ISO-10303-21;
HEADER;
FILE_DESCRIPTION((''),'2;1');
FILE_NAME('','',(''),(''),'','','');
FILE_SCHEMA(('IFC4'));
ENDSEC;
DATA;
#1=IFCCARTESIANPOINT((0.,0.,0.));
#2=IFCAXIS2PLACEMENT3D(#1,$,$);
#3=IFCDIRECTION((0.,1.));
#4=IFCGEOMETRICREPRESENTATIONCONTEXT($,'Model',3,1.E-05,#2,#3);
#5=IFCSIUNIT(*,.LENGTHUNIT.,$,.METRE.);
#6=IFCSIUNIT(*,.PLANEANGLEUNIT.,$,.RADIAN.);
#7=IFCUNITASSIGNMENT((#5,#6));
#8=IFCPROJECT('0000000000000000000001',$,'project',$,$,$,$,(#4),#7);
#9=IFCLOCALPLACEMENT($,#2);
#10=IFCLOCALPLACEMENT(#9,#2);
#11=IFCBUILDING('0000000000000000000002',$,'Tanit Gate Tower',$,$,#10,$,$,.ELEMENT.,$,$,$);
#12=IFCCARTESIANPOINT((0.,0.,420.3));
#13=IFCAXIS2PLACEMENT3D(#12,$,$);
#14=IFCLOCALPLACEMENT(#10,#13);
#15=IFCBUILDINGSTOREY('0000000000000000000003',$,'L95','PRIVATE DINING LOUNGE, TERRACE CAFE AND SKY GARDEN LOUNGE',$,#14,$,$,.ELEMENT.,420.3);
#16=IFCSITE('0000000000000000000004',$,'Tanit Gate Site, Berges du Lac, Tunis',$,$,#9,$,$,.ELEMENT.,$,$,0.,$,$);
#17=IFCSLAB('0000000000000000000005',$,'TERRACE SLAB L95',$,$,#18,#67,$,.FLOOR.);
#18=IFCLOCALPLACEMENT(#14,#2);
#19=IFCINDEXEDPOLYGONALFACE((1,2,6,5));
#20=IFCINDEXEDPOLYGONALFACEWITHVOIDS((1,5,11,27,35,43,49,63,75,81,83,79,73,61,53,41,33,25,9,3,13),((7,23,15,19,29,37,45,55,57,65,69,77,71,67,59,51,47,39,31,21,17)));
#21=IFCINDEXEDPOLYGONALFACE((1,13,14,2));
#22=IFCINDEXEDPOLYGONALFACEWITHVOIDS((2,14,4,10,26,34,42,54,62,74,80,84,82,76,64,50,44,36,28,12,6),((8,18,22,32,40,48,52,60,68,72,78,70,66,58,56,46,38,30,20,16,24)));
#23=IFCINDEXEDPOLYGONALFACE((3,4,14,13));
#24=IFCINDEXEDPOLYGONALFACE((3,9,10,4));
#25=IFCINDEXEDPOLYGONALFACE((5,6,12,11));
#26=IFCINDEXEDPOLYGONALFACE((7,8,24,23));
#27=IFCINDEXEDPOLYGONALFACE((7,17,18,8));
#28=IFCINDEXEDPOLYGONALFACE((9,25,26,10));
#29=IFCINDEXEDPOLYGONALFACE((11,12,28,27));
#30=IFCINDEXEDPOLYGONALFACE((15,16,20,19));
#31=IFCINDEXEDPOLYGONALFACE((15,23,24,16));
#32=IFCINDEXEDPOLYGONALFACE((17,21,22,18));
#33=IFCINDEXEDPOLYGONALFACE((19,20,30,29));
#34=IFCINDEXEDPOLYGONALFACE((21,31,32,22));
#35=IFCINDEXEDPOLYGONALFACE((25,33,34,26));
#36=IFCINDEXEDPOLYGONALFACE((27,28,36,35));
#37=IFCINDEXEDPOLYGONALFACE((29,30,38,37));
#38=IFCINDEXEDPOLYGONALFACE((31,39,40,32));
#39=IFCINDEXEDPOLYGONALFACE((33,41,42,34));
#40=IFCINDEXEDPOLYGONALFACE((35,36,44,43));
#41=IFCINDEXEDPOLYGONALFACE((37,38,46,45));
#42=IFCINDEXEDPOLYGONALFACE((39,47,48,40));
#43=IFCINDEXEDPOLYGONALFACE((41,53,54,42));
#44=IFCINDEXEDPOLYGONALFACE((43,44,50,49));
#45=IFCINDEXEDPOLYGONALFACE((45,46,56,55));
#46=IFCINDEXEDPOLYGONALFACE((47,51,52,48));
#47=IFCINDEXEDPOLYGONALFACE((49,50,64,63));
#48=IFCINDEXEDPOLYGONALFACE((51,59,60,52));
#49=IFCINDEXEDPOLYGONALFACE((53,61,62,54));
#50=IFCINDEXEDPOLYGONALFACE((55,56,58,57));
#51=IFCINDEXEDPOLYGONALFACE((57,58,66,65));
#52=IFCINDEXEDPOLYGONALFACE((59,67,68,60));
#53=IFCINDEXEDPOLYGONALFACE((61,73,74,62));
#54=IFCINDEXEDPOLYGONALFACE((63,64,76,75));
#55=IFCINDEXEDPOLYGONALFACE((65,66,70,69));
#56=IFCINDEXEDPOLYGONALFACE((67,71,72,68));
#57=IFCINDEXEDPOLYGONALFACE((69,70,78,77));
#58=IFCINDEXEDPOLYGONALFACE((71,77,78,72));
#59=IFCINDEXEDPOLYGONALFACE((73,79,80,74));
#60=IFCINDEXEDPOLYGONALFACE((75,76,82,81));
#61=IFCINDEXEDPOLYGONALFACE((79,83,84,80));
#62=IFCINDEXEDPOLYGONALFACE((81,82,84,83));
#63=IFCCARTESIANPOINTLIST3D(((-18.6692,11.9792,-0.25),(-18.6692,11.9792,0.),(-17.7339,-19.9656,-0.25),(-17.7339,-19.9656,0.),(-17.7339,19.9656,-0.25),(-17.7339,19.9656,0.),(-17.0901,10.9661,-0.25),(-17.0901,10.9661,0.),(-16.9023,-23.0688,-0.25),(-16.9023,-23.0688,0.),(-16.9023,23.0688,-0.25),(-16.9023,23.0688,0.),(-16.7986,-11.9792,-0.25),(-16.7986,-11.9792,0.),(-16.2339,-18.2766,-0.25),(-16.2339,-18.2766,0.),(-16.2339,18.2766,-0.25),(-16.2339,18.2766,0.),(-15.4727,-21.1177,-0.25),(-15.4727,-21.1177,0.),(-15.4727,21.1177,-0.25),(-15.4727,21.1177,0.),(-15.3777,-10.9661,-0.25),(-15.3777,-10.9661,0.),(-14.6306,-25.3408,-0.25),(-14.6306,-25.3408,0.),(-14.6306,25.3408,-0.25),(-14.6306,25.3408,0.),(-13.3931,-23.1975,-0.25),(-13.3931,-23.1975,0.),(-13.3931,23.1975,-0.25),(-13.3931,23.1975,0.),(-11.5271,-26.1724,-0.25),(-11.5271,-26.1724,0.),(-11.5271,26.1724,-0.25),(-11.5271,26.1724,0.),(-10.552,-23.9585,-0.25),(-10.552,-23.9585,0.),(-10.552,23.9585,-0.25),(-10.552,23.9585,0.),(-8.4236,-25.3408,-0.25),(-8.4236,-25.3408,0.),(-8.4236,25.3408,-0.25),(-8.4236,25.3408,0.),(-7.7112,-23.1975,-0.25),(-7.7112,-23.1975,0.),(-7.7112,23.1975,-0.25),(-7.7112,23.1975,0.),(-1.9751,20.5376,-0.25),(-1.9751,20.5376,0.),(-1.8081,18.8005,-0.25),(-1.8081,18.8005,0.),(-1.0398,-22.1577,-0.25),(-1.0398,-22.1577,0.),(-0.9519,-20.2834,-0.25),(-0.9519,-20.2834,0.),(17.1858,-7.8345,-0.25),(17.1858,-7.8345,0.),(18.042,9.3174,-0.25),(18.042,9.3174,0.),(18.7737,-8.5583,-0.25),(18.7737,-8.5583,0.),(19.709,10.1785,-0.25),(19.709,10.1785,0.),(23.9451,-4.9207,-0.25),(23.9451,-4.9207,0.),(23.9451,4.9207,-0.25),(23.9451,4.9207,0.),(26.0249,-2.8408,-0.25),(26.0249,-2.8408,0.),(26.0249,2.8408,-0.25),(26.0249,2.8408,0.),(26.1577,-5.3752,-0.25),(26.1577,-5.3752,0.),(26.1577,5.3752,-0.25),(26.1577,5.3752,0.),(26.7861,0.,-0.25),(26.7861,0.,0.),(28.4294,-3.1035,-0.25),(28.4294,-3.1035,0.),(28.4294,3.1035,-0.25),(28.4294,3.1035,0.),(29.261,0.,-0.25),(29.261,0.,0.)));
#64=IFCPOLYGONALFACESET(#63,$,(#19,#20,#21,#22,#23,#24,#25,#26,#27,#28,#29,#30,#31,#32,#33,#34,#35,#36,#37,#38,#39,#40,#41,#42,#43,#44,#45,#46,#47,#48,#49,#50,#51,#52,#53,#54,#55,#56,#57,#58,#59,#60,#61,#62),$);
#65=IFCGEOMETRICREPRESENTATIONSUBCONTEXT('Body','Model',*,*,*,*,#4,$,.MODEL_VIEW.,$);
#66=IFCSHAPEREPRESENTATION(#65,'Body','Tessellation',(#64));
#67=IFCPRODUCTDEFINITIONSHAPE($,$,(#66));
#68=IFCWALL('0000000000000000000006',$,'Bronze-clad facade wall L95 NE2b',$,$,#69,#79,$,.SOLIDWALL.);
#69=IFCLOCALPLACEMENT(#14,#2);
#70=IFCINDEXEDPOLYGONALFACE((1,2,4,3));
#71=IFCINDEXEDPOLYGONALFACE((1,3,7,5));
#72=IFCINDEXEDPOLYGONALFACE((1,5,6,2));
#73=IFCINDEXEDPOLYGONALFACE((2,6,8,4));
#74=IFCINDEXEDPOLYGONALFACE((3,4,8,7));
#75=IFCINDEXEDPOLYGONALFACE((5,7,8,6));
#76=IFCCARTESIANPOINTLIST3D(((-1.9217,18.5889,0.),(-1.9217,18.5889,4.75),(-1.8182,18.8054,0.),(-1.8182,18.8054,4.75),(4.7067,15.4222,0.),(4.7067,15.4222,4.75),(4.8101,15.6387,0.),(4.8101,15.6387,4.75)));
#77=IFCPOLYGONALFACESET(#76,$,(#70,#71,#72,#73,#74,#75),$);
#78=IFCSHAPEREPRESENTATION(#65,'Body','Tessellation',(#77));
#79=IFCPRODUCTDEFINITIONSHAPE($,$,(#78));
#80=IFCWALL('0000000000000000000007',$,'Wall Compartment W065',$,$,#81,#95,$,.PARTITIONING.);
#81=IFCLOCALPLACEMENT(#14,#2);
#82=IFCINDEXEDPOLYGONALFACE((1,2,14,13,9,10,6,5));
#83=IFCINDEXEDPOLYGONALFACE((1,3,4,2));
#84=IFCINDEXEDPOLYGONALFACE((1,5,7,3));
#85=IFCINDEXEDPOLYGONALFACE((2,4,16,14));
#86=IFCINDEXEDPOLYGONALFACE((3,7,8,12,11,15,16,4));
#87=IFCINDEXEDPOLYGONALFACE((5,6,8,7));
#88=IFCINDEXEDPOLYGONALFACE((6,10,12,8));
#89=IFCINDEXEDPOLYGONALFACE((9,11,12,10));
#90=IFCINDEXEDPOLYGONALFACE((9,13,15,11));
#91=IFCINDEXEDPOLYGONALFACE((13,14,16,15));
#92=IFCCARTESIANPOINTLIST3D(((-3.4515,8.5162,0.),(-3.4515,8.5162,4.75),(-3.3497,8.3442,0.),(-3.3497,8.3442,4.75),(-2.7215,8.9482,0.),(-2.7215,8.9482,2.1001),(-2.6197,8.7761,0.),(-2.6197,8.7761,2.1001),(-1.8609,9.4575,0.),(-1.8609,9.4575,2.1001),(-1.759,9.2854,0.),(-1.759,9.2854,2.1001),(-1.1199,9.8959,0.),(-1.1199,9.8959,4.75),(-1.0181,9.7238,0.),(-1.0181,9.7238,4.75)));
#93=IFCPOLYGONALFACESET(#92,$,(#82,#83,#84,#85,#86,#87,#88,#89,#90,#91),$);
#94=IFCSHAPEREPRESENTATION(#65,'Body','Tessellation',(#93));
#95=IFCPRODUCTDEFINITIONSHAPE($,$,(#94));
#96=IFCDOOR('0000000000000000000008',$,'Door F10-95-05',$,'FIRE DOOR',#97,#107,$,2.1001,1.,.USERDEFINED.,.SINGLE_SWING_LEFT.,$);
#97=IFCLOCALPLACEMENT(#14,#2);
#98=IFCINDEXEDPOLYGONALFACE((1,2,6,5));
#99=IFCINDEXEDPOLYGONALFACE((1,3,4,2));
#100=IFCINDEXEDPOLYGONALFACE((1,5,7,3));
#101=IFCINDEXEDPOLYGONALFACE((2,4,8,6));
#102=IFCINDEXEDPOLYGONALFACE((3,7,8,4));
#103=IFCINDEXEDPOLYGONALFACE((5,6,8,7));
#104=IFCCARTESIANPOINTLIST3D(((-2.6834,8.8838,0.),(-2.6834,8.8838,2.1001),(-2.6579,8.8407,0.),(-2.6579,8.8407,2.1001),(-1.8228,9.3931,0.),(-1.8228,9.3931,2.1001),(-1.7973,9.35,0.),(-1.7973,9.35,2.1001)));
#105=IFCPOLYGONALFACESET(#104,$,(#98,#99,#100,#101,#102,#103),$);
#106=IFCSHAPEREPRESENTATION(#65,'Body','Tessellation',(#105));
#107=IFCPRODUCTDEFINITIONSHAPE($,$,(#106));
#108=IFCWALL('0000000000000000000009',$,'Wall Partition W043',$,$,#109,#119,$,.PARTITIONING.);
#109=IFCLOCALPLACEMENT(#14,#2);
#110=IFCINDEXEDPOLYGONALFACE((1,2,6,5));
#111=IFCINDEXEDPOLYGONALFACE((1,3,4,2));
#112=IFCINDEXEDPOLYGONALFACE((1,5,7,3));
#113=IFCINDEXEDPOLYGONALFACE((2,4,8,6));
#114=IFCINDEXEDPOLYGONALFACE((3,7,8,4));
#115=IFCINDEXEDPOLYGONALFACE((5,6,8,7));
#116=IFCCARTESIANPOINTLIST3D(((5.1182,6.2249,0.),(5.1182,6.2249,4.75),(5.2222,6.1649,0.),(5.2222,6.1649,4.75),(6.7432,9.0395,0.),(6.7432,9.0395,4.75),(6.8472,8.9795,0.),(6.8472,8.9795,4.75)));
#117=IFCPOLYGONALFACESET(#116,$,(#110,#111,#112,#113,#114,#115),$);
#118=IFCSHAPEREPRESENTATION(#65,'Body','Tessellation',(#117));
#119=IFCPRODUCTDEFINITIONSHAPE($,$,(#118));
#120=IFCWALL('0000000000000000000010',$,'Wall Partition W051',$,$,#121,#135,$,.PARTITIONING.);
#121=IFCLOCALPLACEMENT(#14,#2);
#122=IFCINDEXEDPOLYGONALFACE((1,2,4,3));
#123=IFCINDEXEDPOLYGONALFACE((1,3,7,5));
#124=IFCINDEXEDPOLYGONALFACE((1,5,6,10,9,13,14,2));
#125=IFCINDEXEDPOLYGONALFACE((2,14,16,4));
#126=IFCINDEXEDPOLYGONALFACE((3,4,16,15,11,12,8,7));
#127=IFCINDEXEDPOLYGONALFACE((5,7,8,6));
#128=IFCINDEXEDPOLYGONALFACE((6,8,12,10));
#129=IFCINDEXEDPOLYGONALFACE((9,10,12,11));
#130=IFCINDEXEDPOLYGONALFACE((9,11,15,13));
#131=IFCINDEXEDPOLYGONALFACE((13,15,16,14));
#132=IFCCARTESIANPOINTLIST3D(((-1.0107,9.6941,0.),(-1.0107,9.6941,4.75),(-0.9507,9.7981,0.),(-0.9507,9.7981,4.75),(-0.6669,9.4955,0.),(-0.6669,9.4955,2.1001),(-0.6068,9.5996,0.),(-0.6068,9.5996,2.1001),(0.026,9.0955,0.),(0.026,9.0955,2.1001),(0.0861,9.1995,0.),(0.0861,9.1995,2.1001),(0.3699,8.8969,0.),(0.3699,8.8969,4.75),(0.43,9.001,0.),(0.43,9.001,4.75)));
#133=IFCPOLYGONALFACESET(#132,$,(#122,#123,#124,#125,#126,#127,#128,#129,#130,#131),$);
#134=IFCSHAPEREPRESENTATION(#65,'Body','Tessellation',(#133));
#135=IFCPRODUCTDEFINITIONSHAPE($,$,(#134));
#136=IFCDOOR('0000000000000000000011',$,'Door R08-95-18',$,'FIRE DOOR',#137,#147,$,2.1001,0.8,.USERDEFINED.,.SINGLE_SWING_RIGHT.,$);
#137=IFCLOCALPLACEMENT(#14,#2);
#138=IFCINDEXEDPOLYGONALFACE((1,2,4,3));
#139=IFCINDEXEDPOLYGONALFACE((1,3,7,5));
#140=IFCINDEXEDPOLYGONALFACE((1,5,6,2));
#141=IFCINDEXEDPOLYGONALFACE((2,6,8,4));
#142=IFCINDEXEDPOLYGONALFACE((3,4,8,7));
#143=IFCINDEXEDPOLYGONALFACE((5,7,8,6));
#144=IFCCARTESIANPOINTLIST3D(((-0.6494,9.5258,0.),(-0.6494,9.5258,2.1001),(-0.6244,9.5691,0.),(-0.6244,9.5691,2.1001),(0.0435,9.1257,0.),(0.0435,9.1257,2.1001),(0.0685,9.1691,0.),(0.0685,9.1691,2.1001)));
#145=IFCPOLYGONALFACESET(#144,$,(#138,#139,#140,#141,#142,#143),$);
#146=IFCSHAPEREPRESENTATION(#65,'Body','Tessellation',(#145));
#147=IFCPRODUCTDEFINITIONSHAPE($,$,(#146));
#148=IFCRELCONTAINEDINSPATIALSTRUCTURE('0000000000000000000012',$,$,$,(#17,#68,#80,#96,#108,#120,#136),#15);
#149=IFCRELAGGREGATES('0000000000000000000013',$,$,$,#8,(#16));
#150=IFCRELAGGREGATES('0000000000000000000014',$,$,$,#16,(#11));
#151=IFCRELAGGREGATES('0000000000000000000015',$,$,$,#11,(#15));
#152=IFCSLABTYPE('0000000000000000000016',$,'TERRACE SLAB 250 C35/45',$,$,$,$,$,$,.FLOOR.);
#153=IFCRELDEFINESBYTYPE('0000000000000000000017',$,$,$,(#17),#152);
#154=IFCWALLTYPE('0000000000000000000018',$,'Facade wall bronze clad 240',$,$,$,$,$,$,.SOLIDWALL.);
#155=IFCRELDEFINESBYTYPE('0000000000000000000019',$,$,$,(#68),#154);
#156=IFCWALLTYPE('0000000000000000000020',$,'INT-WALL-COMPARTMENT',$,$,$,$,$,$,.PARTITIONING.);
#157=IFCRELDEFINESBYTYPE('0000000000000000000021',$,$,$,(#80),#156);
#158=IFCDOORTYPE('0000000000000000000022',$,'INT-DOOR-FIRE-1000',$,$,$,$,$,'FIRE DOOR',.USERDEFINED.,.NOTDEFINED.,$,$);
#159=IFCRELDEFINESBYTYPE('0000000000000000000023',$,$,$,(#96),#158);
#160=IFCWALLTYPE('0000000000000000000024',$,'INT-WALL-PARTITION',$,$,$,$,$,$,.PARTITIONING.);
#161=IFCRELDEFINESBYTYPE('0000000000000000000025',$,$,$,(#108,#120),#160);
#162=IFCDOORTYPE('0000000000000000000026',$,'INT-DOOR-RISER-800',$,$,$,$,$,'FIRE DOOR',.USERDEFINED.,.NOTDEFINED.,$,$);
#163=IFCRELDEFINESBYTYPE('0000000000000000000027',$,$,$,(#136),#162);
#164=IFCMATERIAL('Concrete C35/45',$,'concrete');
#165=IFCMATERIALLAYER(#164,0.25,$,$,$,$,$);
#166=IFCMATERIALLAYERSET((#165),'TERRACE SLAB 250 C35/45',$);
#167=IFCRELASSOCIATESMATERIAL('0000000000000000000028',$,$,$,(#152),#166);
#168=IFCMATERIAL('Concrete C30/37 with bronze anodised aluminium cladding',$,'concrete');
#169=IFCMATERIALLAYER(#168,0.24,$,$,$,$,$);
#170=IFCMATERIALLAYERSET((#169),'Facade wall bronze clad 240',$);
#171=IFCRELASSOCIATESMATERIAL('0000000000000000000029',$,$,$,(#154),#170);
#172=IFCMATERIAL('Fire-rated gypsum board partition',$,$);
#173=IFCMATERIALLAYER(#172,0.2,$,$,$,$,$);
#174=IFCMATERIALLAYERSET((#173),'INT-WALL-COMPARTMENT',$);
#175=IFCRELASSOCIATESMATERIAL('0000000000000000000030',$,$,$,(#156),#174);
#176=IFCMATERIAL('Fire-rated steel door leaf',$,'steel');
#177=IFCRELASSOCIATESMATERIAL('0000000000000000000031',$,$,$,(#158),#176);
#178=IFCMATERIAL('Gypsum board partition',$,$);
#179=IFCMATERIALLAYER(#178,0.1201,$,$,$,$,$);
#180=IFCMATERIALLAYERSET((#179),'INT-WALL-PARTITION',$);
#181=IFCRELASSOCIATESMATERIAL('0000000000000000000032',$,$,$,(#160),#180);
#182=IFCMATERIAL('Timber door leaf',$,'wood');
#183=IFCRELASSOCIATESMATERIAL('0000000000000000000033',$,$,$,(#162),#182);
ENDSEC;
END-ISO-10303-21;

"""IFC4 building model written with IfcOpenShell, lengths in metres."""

from ifc_helpers import new_model, si_unit, direction, frame, frame_2d, origin, place, context, subcontext, project, spatial, polyline, rectangle, outline, extrude, material, layer, layer_set, type_object, element, fill, save


model = new_model("IFC4")

# Units and contexts
model_context = context("Model", 3, precision=1e-05, world=origin(), true_north=direction((0.0, 1.0)))
body_context = subcontext(model_context, "Body", "Model", "MODEL_VIEW")
ifc_project = project(units=[si_unit("LENGTHUNIT", "METRE"), si_unit("PLANEANGLEUNIT", "RADIAN")], contexts=[model_context])

# Site, building, storey
site_placement = place(None, origin())
site = spatial("IfcSite", under=ifc_project, at=site_placement, Name="Tanit Gate Site, Berges du Lac, Tunis", CompositionType="ELEMENT", RefElevation=0.0)
building_placement = place(site_placement, origin())
building = spatial("IfcBuilding", under=site, at=building_placement, Name="Tanit Gate Tower", CompositionType="ELEMENT")
storey_placement = place(building_placement, frame((0.0, 0.0, 420.3)))
storey = spatial("IfcBuildingStorey", under=building, at=storey_placement, Name="L95", Description="PRIVATE DINING LOUNGE, TERRACE CAFE AND SKY GARDEN LOUNGE", CompositionType="ELEMENT", Elevation=420.3)

# Slab
ifc_material_1 = material(Name="Concrete C35/45", Category="concrete")
ifc_layer_1 = layer(ifc_material_1, 0.25)
ifc_layer_set_1 = layer_set([ifc_layer_1], Name="TERRACE SLAB 250 C35/45")
slab_type_1 = type_object("IfcSlabType", Name="TERRACE SLAB 250 C35/45", PredefinedType="FLOOR", material=ifc_layer_set_1)
slab_1_placement = place(storey_placement, frame((0.0, 0.0, -0.25)))
element("IfcSlab", 1, at=slab_1_placement, inside=storey, type_object=slab_type_1, Name="TERRACE SLAB L95", PredefinedType="FLOOR", context=body_context, shape_type="SweptSolid", body=[
    extrude(outline(polyline([(28.4294, 3.1035), (29.261, 0.0), (28.4294, -3.1035), (26.1577, -5.3752), (18.7737, -8.5583), (-1.0398, -22.1577), (-8.4236, -25.3408), (-11.5271, -26.1724), (-14.6306, -25.3408), (-16.9023, -23.0688), (-17.7339, -19.9656), (-16.7986, -11.9792), (-18.6692, 11.9792), (-17.7339, 19.9656), (-16.9023, 23.0688), (-14.6306, 25.3408), (-11.5271, 26.1724), (-8.4236, 25.3408), (-1.9751, 20.5376), (19.709, 10.1785), (26.1577, 5.3752), (28.4294, 3.1035)]), holes=[polyline([(18.042, 9.3174), (-1.8081, 18.8005), (-7.7112, 23.1975), (-10.552, 23.9585), (-13.3931, 23.1975), (-15.4727, 21.1177), (-16.2339, 18.2766), (-17.0901, 10.9661), (-15.3777, -10.9661), (-16.2339, -18.2766), (-15.4727, -21.1177), (-13.3931, -23.1975), (-10.552, -23.9585), (-7.7112, -23.1975), (-0.9519, -20.2834), (17.1858, -7.8345), (23.9451, -4.9207), (26.0249, -2.8408), (26.7861, 0.0), (26.0249, 2.8408), (23.9451, 4.9207), (18.042, 9.3174)])]), origin(), (0.0, 0.0, 1.0), 0.25),
])

# Wall
ifc_material_2 = material(Name="Concrete C30/37 with bronze anodised aluminium cladding", Category="concrete")
ifc_layer_2 = layer(ifc_material_2, 0.24)
ifc_layer_set_2 = layer_set([ifc_layer_2], Name="Facade wall bronze clad 240")
wall_type_1 = type_object("IfcWallType", Name="Facade wall bronze clad 240", PredefinedType="SOLIDWALL", material=ifc_layer_set_2)
wall_1_placement = place(storey_placement, frame((4.7583, 15.5305, 0.0), z_axis=(0.0, 0.0, 1.0), x_axis=(-0.902312, 0.431083, 0.0)))
element("IfcWall", 2, at=wall_1_placement, inside=storey, type_object=wall_type_1, Name="Bronze-clad facade wall L95 NE2b", PredefinedType="SOLIDWALL", context=body_context, shape_type="SweptSolid", body=[
    extrude(rectangle(XDim=7.3459, YDim=0.24, at=frame_2d((3.6729, 0.0))), origin(), (0.0, 0.0, 1.0), 4.75),
])

# Wall, opening, door
ifc_material_3 = material(Name="Fire-rated gypsum board partition")
ifc_layer_3 = layer(ifc_material_3, 0.2)
ifc_layer_set_3 = layer_set([ifc_layer_3], Name="INT-WALL-COMPARTMENT")
wall_type_2 = type_object("IfcWallType", Name="INT-WALL-COMPARTMENT", PredefinedType="PARTITIONING", material=ifc_layer_set_3)
wall_2_placement = place(storey_placement, frame((-1.0691, 9.8098, 0.0), z_axis=(0.0, 0.0, 1.0), x_axis=(-0.860618, -0.509251, 0.0)))
wall_2 = element("IfcWall", 3, at=wall_2_placement, inside=storey, type_object=wall_type_2, Name="Wall Compartment W065", PredefinedType="PARTITIONING", context=body_context, shape_type="SweptSolid", body=[
    extrude(rectangle(XDim=2.7092, YDim=0.2, at=frame_2d((1.3545, 0.0))), origin(), (0.0, 0.0, 1.0), 4.75),
])
opening_1_placement = place(wall_2_placement, frame((0.8608, 0.0, 0.0)))
opening_1 = element("IfcOpeningElement", 4, at=opening_1_placement, cuts=wall_2, PredefinedType="OPENING", context=body_context, shape_type="SweptSolid", body=[
    extrude(rectangle(XDim=1.0, YDim=2.1001, at=frame_2d((0.5, 1.05))), frame((0.0, 0.1099, 0.0), z_axis=(0.0, -1.0, 0.0), x_axis=(1.0, 0.0, 0.0)), (0.0, 0.0, 1.0), 0.22),
])
ifc_material_4 = material(Name="Fire-rated steel door leaf", Category="steel")
door_type_1 = type_object("IfcDoorType", Name="INT-DOOR-FIRE-1000", ElementType="FIRE DOOR", OperationType="NOTDEFINED", PredefinedType="USERDEFINED", material=ifc_material_4)
door_1_placement = place(opening_1_placement, origin())
door_1 = element("IfcDoor", 5, at=door_1_placement, inside=storey, type_object=door_type_1, Name="Door F10-95-05", ObjectType="FIRE DOOR", OperationType="SINGLE_SWING_LEFT", OverallHeight=2.1001, OverallWidth=1.0, PredefinedType="USERDEFINED", context=body_context, shape_type="SweptSolid", body=[
    extrude(rectangle(XDim=1.0, YDim=2.1001, at=frame_2d((0.5, 1.05))), frame((0.0, 0.0249, 0.0), z_axis=(0.0, -1.0, 0.0), x_axis=(1.0, 0.0, 0.0)), (0.0, 0.0, 1.0), 0.05),
])
fill(opening_1, door_1)

# Wall
ifc_material_5 = material(Name="Gypsum board partition")
ifc_layer_4 = layer(ifc_material_5, 0.1201)
ifc_layer_set_4 = layer_set([ifc_layer_4], Name="INT-WALL-PARTITION")
wall_type_3 = type_object("IfcWallType", Name="INT-WALL-PARTITION", PredefinedType="PARTITIONING", material=ifc_layer_set_4)
wall_3_placement = place(storey_placement, frame((6.7952, 9.0095, 0.0), z_axis=(0.0, 0.0, 1.0), x_axis=(-0.499985, -0.866034, 0.0)))
element("IfcWall", 6, at=wall_3_placement, inside=storey, type_object=wall_type_3, Name="Wall Partition W043", PredefinedType="PARTITIONING", context=body_context, shape_type="SweptSolid", body=[
    extrude(rectangle(XDim=3.25, YDim=0.1201, at=frame_2d((1.625, 0.0))), origin(), (0.0, 0.0, 1.0), 4.75),
])

# Wall, opening, door
wall_4_placement = place(storey_placement, frame((-0.9807, 9.7461, 0.0), z_axis=(0.0, 0.0, 1.0), x_axis=(0.86602, -0.50001, 0.0)))
wall_4 = element("IfcWall", 7, at=wall_4_placement, inside=storey, type_object=wall_type_3, Name="Wall Partition W051", PredefinedType="PARTITIONING", context=body_context, shape_type="SweptSolid", body=[
    extrude(rectangle(XDim=1.5942, YDim=0.1201, at=frame_2d((0.7971, 0.0))), origin(), (0.0, 0.0, 1.0), 4.75),
])
opening_2_placement = place(wall_4_placement, frame((0.3972, 0.0, 0.0)))
opening_2 = element("IfcOpeningElement", 8, at=opening_2_placement, cuts=wall_4, PredefinedType="OPENING", context=body_context, shape_type="SweptSolid", body=[
    extrude(rectangle(XDim=0.8, YDim=2.1001, at=frame_2d((0.3999, 1.05))), frame((0.0, 0.0701, 0.0), z_axis=(0.0, -1.0, 0.0), x_axis=(1.0, 0.0, 0.0)), (0.0, 0.0, 1.0), 0.1401),
])
ifc_material_6 = material(Name="Timber door leaf", Category="wood")
door_type_2 = type_object("IfcDoorType", Name="INT-DOOR-RISER-800", ElementType="FIRE DOOR", OperationType="NOTDEFINED", PredefinedType="USERDEFINED", material=ifc_material_6)
door_2_placement = place(opening_2_placement, origin())
door_2 = element("IfcDoor", 9, at=door_2_placement, inside=storey, type_object=door_type_2, Name="Door R08-95-18", ObjectType="FIRE DOOR", OperationType="SINGLE_SWING_RIGHT", OverallHeight=2.1001, OverallWidth=0.8, PredefinedType="USERDEFINED", context=body_context, shape_type="SweptSolid", body=[
    extrude(rectangle(XDim=0.8, YDim=2.1001, at=frame_2d((0.3999, 1.05))), frame((0.0, 0.0249, 0.0), z_axis=(0.0, -1.0, 0.0), x_axis=(1.0, 0.0, 0.0)), (0.0, 0.0, 1.0), 0.05),
])
fill(opening_2, door_2)

save(model, "model.ifc")
